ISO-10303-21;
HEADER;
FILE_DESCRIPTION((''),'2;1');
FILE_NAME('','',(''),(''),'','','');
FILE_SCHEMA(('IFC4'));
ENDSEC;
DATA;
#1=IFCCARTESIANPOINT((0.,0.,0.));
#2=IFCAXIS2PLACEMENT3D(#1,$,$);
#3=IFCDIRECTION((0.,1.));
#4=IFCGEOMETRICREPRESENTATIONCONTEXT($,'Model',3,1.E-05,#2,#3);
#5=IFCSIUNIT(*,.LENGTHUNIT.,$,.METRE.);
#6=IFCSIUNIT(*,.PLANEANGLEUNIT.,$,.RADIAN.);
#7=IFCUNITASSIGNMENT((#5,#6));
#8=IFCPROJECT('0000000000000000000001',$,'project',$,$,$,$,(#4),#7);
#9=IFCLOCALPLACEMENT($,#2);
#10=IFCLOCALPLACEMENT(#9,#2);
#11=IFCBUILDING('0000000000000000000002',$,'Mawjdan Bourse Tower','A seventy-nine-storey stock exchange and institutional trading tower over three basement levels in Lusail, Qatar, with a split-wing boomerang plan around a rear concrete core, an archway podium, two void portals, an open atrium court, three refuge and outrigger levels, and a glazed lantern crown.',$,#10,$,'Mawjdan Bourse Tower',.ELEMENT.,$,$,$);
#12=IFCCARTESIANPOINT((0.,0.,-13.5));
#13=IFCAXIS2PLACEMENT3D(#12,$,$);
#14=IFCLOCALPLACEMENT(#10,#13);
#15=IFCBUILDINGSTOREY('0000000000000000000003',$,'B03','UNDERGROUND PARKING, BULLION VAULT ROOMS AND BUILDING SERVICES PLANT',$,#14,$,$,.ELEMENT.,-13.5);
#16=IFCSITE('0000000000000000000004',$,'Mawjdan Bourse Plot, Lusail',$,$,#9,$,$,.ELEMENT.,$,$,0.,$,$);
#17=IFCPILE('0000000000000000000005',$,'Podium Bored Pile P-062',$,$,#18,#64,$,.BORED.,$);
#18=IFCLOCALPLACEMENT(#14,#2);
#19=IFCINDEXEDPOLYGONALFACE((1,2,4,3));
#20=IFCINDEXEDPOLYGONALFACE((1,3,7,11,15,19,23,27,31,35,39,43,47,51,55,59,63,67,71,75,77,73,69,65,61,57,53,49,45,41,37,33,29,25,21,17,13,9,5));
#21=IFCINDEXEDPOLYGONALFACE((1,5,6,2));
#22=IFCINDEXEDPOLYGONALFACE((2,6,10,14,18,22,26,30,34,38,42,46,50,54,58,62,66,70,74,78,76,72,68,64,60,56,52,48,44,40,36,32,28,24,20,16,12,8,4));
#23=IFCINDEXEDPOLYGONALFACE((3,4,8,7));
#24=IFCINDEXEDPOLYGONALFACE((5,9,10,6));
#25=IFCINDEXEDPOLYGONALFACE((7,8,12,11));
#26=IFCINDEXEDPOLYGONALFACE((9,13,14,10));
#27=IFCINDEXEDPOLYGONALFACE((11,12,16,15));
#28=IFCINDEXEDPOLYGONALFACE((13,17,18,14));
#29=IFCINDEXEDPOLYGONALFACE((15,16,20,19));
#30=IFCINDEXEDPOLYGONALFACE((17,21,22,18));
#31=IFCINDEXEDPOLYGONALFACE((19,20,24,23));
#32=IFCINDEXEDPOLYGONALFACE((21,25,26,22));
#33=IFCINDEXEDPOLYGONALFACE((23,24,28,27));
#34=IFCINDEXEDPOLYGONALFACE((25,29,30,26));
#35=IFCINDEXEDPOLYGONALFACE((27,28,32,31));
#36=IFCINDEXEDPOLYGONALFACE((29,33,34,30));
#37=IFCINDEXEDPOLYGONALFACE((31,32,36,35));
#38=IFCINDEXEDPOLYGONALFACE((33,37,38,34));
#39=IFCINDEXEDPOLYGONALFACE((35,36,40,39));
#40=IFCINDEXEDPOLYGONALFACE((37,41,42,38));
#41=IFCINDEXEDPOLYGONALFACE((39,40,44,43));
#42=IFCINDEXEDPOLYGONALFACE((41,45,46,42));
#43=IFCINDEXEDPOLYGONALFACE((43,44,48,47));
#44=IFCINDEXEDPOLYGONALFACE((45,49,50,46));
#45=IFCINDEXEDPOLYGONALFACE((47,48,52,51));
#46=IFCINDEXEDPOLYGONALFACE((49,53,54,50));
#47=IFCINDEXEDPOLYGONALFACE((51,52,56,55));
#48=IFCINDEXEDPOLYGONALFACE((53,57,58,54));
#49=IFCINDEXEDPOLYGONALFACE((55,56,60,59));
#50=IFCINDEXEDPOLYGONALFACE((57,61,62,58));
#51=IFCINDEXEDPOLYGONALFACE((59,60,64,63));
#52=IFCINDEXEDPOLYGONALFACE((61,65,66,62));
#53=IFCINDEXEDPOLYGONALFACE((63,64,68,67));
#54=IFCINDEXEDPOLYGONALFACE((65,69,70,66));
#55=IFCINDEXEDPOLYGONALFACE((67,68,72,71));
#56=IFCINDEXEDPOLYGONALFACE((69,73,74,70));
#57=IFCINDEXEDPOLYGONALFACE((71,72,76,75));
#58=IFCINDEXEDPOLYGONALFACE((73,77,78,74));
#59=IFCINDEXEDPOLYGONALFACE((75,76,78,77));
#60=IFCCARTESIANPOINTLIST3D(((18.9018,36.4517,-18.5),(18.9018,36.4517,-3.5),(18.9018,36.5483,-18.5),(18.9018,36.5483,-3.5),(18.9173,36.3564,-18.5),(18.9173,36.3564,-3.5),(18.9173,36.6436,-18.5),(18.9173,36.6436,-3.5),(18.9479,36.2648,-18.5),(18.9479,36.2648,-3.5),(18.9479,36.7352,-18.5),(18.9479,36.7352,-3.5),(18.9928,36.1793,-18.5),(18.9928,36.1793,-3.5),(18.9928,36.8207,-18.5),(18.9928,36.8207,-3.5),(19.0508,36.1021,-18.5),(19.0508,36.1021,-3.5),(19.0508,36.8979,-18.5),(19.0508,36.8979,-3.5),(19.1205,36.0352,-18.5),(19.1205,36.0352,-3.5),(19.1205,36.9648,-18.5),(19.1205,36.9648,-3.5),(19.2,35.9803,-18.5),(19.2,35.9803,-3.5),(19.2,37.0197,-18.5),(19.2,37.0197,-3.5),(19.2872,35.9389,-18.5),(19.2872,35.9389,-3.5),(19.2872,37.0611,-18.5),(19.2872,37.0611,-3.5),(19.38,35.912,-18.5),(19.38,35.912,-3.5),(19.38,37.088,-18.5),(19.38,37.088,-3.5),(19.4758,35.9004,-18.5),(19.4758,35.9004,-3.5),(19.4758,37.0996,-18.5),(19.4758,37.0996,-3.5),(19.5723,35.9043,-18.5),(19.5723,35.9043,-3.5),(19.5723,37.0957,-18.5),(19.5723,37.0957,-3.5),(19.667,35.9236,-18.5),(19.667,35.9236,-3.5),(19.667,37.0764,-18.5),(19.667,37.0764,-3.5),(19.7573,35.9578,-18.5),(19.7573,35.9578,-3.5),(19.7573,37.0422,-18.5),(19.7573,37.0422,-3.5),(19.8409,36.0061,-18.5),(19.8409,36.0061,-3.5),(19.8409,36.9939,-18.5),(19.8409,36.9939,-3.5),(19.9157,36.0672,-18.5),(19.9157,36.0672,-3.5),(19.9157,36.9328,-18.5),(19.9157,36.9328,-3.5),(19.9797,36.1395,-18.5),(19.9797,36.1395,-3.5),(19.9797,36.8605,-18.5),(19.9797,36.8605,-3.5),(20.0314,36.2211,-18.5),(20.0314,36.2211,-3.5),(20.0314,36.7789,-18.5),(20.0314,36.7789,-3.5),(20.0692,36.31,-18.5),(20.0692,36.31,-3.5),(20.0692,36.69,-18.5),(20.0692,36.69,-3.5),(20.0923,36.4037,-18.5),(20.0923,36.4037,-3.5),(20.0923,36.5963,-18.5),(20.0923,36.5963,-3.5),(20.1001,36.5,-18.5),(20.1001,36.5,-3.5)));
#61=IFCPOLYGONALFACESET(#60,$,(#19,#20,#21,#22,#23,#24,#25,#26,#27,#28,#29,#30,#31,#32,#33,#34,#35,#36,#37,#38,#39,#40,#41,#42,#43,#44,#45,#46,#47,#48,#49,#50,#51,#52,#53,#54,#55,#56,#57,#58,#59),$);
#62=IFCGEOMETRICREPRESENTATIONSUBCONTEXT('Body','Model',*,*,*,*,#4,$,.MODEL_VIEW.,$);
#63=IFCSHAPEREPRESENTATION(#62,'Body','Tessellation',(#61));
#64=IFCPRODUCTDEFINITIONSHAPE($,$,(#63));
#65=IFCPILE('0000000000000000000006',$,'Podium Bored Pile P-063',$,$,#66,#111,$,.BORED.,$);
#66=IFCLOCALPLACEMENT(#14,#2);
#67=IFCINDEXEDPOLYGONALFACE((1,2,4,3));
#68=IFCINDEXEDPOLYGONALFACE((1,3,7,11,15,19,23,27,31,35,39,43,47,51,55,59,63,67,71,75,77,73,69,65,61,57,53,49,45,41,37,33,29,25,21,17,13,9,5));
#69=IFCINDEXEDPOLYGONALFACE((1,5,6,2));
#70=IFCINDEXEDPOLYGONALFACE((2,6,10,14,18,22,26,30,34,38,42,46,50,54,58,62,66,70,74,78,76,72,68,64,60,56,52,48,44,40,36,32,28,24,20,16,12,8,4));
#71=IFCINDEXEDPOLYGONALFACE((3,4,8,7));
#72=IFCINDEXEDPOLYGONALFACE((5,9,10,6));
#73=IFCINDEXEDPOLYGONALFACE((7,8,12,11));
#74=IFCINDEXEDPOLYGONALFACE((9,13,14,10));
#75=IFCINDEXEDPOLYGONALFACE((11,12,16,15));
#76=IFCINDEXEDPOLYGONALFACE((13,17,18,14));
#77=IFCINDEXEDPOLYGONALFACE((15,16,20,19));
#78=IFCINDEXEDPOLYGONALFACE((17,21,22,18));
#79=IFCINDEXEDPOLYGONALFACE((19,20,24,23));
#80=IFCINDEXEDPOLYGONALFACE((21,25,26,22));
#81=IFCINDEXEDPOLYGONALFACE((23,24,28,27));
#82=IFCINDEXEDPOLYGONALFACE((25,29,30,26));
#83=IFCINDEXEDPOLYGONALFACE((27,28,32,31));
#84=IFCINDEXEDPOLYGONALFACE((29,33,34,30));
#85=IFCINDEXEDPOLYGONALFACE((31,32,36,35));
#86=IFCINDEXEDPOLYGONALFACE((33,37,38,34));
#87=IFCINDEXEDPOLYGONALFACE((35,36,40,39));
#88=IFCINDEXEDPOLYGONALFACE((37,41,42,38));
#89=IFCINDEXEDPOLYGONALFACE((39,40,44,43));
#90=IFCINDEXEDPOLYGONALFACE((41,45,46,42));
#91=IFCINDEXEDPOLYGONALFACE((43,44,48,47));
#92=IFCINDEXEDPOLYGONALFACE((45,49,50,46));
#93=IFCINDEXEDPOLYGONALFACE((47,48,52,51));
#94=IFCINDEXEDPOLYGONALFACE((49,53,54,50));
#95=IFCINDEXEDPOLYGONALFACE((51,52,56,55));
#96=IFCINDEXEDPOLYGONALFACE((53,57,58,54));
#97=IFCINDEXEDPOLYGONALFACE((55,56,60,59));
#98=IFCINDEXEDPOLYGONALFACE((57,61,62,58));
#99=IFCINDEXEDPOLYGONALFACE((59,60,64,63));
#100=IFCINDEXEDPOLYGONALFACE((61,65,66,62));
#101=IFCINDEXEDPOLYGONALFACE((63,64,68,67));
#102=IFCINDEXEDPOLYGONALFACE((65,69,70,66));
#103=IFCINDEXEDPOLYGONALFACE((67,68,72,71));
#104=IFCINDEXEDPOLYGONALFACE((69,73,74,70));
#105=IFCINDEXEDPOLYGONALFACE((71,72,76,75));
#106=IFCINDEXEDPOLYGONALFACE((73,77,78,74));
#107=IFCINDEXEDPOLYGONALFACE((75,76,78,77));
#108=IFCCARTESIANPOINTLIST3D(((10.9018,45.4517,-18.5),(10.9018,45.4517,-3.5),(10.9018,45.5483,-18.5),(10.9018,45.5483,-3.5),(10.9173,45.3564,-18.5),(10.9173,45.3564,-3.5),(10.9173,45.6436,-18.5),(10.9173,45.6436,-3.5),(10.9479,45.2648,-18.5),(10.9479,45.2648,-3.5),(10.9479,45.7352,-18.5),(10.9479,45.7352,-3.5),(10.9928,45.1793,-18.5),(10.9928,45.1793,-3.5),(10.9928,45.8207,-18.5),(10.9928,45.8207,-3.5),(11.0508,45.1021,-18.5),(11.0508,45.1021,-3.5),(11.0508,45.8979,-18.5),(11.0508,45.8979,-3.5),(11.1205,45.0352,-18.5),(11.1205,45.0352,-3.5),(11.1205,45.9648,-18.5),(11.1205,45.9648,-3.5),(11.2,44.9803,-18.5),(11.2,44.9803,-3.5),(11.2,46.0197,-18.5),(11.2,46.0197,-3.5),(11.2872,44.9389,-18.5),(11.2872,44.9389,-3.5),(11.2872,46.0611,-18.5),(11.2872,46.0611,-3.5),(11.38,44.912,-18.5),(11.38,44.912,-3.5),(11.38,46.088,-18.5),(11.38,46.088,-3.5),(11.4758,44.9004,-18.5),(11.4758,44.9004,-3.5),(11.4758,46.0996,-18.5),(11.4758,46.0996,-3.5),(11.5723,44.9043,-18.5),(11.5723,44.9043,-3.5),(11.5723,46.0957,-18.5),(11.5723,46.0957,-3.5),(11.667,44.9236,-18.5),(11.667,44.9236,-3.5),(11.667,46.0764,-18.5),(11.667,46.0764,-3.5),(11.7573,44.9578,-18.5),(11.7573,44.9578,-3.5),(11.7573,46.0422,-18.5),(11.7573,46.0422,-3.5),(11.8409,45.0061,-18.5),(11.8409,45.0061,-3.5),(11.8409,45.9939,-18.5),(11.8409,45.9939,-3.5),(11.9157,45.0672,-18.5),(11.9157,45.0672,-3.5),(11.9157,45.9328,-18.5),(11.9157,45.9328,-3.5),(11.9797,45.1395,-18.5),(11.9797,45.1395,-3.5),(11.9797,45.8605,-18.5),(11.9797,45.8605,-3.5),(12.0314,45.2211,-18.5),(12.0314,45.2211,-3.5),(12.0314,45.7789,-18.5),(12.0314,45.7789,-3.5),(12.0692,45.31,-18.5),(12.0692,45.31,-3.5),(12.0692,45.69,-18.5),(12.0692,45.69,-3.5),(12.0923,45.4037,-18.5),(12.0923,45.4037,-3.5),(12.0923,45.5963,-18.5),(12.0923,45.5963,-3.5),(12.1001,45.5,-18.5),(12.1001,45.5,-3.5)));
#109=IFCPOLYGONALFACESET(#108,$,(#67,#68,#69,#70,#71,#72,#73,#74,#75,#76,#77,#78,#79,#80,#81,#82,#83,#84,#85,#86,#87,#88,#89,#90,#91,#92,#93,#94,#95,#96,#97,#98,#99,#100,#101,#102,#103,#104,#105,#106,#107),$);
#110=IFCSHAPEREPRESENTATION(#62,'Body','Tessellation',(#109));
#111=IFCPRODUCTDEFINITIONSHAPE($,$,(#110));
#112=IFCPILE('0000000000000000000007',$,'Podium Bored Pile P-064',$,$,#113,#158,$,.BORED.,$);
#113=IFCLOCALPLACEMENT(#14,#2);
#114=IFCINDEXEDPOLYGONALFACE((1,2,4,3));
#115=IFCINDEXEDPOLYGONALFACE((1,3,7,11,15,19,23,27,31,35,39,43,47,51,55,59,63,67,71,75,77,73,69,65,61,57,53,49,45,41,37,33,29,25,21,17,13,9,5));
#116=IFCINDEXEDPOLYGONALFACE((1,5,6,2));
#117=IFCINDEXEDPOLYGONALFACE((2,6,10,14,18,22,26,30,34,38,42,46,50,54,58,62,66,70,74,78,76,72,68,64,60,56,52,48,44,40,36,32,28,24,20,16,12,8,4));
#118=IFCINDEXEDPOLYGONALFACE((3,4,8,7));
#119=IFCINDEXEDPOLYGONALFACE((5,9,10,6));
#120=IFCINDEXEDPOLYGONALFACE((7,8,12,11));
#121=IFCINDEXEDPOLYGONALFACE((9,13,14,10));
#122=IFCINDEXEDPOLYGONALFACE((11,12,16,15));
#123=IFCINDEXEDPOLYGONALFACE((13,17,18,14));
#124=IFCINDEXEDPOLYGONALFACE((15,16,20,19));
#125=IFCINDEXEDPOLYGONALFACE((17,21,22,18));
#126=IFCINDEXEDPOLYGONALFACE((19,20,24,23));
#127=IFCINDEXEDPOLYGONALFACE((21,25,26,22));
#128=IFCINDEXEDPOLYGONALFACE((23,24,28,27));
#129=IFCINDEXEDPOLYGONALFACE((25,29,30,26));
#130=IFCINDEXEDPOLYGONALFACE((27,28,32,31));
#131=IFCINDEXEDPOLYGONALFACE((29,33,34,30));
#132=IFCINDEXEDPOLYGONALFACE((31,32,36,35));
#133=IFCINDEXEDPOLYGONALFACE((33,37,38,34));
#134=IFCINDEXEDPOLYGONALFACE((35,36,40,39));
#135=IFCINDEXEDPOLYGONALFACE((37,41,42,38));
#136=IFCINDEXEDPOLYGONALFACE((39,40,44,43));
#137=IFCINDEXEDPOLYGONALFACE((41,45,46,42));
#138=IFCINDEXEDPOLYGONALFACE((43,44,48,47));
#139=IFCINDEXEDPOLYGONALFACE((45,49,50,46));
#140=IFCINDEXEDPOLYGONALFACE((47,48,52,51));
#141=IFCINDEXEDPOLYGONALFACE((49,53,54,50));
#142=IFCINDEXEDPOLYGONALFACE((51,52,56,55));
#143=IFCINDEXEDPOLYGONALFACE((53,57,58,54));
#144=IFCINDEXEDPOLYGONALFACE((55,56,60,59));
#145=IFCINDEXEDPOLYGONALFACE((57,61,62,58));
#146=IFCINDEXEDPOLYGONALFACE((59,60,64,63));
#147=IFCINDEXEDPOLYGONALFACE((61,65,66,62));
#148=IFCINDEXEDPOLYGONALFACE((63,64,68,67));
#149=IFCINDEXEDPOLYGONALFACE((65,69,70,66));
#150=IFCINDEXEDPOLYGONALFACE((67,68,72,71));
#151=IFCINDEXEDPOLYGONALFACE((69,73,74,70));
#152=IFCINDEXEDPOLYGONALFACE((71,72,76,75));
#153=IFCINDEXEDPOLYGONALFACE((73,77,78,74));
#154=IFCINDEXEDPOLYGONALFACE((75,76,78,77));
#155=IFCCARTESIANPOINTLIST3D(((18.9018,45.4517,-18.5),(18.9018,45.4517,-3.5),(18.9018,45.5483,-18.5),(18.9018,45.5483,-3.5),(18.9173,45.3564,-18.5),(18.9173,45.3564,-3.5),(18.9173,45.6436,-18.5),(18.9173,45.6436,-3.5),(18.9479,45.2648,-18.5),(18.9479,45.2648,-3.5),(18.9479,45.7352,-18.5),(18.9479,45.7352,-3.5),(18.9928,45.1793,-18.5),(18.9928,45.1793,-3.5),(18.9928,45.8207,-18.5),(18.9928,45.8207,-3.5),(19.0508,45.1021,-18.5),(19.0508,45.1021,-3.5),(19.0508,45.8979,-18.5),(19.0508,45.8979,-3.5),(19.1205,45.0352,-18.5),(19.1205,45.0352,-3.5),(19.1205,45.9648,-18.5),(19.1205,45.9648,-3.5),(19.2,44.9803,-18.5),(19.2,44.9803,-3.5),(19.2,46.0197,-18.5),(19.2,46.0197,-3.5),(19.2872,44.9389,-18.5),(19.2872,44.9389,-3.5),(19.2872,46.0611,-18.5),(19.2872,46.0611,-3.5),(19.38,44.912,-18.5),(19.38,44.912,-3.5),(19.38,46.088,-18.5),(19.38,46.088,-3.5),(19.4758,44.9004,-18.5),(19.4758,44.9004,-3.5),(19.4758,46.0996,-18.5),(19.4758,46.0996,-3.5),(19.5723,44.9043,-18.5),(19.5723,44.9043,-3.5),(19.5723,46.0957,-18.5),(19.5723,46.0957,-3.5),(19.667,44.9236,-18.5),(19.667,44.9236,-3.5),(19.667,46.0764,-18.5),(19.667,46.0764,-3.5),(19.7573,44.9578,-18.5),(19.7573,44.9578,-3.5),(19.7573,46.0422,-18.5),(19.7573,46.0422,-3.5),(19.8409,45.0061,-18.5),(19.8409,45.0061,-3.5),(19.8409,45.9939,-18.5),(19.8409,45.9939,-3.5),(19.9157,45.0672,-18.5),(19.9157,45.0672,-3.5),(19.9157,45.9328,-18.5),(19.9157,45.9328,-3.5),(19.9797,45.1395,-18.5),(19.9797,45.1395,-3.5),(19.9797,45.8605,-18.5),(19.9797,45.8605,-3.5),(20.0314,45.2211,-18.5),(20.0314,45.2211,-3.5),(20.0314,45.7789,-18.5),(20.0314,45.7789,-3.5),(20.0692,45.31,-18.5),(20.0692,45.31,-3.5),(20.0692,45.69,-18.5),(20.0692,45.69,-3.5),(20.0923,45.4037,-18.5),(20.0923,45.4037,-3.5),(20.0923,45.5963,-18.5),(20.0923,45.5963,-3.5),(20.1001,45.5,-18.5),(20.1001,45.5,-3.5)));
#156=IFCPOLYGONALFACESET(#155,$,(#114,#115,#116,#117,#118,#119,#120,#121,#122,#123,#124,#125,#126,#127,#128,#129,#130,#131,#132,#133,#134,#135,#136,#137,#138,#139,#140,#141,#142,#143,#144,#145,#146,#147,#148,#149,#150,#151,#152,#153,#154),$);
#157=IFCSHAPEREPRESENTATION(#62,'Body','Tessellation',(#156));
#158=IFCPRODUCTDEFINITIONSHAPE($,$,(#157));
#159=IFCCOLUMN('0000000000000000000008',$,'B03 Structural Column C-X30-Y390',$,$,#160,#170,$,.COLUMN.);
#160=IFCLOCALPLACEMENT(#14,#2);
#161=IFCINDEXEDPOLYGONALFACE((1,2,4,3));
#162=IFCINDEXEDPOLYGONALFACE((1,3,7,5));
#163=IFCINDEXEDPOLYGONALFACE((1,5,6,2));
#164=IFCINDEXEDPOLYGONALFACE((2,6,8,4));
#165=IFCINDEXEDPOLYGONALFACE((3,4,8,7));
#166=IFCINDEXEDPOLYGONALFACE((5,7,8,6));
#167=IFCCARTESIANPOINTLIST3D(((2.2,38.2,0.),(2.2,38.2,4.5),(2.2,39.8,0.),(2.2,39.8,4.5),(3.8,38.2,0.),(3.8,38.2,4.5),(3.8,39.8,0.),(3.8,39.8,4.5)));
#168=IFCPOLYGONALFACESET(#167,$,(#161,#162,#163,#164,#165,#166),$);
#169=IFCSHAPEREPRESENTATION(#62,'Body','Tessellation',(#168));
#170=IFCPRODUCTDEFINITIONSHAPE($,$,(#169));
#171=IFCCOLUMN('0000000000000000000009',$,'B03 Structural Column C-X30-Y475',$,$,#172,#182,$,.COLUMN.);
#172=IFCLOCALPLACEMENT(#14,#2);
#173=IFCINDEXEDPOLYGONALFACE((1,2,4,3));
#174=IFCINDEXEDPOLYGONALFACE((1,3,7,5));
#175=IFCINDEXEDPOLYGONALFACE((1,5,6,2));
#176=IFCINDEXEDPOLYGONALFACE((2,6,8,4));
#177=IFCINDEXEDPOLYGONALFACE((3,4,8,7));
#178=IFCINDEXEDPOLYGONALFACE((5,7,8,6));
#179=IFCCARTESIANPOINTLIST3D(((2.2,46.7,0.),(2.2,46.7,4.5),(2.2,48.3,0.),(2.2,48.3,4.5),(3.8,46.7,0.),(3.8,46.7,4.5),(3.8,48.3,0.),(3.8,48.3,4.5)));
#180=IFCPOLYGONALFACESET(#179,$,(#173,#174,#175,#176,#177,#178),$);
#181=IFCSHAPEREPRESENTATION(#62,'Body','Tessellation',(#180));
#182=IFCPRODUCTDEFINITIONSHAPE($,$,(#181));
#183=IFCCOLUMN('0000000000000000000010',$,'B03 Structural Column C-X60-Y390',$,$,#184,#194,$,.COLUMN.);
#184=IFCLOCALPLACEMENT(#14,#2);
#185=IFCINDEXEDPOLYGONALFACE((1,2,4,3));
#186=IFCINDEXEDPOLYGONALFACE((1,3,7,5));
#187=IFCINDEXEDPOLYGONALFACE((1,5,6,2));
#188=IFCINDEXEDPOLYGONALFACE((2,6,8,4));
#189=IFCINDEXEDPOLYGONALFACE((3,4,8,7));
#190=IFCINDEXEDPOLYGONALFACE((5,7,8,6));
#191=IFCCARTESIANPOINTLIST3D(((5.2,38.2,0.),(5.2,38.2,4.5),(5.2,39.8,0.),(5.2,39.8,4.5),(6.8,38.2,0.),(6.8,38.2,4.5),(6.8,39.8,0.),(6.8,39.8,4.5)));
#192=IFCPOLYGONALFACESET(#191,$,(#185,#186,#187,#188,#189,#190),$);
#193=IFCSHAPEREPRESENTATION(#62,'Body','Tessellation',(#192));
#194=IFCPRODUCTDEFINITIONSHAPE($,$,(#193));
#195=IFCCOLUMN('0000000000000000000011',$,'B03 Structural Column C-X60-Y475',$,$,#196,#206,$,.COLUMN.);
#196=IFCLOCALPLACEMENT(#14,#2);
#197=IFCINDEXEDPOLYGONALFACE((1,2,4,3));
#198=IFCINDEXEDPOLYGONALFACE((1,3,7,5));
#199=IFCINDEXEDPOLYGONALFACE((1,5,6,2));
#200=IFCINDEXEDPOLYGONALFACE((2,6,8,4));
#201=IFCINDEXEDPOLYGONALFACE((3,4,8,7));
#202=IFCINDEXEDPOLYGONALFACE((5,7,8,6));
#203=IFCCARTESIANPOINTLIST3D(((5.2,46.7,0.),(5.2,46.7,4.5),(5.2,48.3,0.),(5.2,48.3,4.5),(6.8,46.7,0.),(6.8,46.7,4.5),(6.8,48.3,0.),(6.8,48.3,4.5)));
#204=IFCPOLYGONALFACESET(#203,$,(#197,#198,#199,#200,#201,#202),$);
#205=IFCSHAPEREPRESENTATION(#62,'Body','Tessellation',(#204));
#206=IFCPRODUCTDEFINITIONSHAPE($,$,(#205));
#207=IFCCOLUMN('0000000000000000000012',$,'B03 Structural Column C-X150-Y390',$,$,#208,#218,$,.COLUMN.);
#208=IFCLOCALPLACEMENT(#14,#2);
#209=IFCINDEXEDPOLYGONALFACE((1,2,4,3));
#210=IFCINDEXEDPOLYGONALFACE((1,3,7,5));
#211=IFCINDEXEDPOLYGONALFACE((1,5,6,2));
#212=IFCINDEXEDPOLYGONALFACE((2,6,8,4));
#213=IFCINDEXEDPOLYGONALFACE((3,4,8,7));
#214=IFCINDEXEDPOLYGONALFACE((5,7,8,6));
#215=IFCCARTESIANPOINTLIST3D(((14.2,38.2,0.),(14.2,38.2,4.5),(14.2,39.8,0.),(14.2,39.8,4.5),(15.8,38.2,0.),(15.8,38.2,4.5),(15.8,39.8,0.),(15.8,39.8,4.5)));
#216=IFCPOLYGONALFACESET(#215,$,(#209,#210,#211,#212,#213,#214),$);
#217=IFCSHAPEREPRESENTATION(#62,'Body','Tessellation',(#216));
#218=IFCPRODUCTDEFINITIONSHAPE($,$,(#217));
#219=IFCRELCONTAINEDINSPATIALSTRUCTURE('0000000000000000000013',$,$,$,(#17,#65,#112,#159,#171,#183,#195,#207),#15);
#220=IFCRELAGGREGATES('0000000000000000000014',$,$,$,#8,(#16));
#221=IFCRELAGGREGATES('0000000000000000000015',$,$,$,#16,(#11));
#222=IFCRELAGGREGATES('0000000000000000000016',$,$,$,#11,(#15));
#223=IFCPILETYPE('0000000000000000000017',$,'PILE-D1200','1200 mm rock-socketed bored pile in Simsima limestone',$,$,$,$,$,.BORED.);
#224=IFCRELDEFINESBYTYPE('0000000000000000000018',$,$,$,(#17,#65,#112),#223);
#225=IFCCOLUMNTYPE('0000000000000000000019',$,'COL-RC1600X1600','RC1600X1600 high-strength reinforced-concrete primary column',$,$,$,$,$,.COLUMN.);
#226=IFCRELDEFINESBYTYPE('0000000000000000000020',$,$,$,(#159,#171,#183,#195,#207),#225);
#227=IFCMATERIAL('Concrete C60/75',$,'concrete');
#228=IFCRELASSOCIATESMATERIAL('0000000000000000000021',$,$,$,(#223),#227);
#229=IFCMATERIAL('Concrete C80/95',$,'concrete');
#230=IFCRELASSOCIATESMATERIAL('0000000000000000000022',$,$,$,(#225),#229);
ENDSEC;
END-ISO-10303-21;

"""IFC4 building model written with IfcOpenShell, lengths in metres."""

from ifc_helpers import new_model, si_unit, direction, frame, origin, origin_2d, place, context, subcontext, project, spatial, rectangle, circle, extrude, material, material_profile, profile_set, type_object, element, save


model = new_model("IFC4")

# Units and contexts
model_context = context("Model", 3, precision=1e-05, world=origin(), true_north=direction((0.0, 1.0)))
body_context = subcontext(model_context, "Body", "Model", "MODEL_VIEW")
ifc_project = project(units=[si_unit("LENGTHUNIT", "METRE"), si_unit("PLANEANGLEUNIT", "RADIAN")], contexts=[model_context])

# Site, building, storey
site_placement = place(None, origin())
site = spatial("IfcSite", under=ifc_project, at=site_placement, Name="Mawjdan Bourse Plot, Lusail", CompositionType="ELEMENT", RefElevation=0.0)
building_placement = place(site_placement, origin())
building = spatial("IfcBuilding", under=site, at=building_placement, Name="Mawjdan Bourse Tower", Description="A seventy-nine-storey stock exchange and institutional trading tower over three basement levels in Lusail, Qatar, with a split-wing boomerang plan around a rear concrete core, an archway podium, two void portals, an open atrium court, three refuge and outrigger levels, and a glazed lantern crown.", LongName="Mawjdan Bourse Tower", CompositionType="ELEMENT")
storey_placement = place(building_placement, frame((0.0, 0.0, -13.5)))
storey = spatial("IfcBuildingStorey", under=building, at=storey_placement, Name="B03", Description="UNDERGROUND PARKING, BULLION VAULT ROOMS AND BUILDING SERVICES PLANT", CompositionType="ELEMENT", Elevation=-13.5)

# Shared definitions
ifc_material_1 = material(Name="Concrete C60/75", Category="concrete")

# Piles
ifc_material_profile_1 = material_profile(ifc_material_1, circle(Radius=0.6001, at=origin_2d()), Name="PILE-D1200")
ifc_profile_set_1 = profile_set([ifc_material_profile_1], Name="Concrete C60/75")
pile_type = type_object("IfcPileType", Name="PILE-D1200", Description="1200 mm rock-socketed bored pile in Simsima limestone", PredefinedType="BORED", material=ifc_profile_set_1)
for number, where, z_axis, x_axis, name in (
    (1, (19.5, 36.5, -3.5), (0.0, 0.0, -1.0), (1.0, 0.0, 0.0), "Podium Bored Pile P-062"),
    (2, (11.5, 45.5, -3.5), (0.0, 0.0, -1.0), (1.0, 0.0, 0.0), "Podium Bored Pile P-063"),
    (3, (19.5, 45.5, -3.5), (0.0, 0.0, -1.0), (1.0, 0.0, 0.0), "Podium Bored Pile P-064"),
):
    element("IfcPile", number, at=place(storey_placement, frame(where, z_axis=z_axis, x_axis=x_axis)), inside=storey, type_object=pile_type, Name=name, PredefinedType="BORED", context=body_context, shape_type="SweptSolid", body=[
        extrude(circle(Radius=0.6001, at=origin_2d()), origin(), (0.0, 0.0, 1.0), 15.0),
    ])

# Columns
ifc_material_2 = material(Name="Concrete C80/95", Category="concrete")
ifc_material_profile_2 = material_profile(ifc_material_2, rectangle(XDim=1.6001, YDim=1.6001, at=origin_2d()), Name="RC1600X1600")
ifc_profile_set_2 = profile_set([ifc_material_profile_2], Name="Concrete C80/95")
column_type_1 = type_object("IfcColumnType", Name="COL-RC1600X1600", Description="RC1600X1600 high-strength reinforced-concrete primary column", PredefinedType="COLUMN", material=ifc_profile_set_2)
for number, where, z_axis, x_axis, name in (
    (4, (3.0, 39.0, 0.0), (0.0, 0.0, 1.0), (1.0, 0.0, 0.0), "B03 Structural Column C-X30-Y390"),
    (5, (3.0, 47.5, 0.0), (0.0, 0.0, 1.0), (1.0, 0.0, 0.0), "B03 Structural Column C-X30-Y475"),
    (6, (6.0, 39.0, 0.0), (0.0, 0.0, 1.0), (1.0, 0.0, 0.0), "B03 Structural Column C-X60-Y390"),
    (7, (6.0, 47.5, 0.0), (0.0, 0.0, 1.0), (1.0, 0.0, 0.0), "B03 Structural Column C-X60-Y475"),
    (8, (15.0, 39.0, 0.0), (0.0, 0.0, 1.0), (1.0, 0.0, 0.0), "B03 Structural Column C-X150-Y390"),
):
    element("IfcColumn", number, at=place(storey_placement, frame(where, z_axis=z_axis, x_axis=x_axis)), inside=storey, type_object=column_type_1, Name=name, PredefinedType="COLUMN", context=body_context, shape_type="SweptSolid", body=[
        extrude(rectangle(XDim=1.6001, YDim=1.6001, at=origin_2d()), origin(), (0.0, 0.0, 1.0), 4.5),
    ])

save(model, "model.ifc")
